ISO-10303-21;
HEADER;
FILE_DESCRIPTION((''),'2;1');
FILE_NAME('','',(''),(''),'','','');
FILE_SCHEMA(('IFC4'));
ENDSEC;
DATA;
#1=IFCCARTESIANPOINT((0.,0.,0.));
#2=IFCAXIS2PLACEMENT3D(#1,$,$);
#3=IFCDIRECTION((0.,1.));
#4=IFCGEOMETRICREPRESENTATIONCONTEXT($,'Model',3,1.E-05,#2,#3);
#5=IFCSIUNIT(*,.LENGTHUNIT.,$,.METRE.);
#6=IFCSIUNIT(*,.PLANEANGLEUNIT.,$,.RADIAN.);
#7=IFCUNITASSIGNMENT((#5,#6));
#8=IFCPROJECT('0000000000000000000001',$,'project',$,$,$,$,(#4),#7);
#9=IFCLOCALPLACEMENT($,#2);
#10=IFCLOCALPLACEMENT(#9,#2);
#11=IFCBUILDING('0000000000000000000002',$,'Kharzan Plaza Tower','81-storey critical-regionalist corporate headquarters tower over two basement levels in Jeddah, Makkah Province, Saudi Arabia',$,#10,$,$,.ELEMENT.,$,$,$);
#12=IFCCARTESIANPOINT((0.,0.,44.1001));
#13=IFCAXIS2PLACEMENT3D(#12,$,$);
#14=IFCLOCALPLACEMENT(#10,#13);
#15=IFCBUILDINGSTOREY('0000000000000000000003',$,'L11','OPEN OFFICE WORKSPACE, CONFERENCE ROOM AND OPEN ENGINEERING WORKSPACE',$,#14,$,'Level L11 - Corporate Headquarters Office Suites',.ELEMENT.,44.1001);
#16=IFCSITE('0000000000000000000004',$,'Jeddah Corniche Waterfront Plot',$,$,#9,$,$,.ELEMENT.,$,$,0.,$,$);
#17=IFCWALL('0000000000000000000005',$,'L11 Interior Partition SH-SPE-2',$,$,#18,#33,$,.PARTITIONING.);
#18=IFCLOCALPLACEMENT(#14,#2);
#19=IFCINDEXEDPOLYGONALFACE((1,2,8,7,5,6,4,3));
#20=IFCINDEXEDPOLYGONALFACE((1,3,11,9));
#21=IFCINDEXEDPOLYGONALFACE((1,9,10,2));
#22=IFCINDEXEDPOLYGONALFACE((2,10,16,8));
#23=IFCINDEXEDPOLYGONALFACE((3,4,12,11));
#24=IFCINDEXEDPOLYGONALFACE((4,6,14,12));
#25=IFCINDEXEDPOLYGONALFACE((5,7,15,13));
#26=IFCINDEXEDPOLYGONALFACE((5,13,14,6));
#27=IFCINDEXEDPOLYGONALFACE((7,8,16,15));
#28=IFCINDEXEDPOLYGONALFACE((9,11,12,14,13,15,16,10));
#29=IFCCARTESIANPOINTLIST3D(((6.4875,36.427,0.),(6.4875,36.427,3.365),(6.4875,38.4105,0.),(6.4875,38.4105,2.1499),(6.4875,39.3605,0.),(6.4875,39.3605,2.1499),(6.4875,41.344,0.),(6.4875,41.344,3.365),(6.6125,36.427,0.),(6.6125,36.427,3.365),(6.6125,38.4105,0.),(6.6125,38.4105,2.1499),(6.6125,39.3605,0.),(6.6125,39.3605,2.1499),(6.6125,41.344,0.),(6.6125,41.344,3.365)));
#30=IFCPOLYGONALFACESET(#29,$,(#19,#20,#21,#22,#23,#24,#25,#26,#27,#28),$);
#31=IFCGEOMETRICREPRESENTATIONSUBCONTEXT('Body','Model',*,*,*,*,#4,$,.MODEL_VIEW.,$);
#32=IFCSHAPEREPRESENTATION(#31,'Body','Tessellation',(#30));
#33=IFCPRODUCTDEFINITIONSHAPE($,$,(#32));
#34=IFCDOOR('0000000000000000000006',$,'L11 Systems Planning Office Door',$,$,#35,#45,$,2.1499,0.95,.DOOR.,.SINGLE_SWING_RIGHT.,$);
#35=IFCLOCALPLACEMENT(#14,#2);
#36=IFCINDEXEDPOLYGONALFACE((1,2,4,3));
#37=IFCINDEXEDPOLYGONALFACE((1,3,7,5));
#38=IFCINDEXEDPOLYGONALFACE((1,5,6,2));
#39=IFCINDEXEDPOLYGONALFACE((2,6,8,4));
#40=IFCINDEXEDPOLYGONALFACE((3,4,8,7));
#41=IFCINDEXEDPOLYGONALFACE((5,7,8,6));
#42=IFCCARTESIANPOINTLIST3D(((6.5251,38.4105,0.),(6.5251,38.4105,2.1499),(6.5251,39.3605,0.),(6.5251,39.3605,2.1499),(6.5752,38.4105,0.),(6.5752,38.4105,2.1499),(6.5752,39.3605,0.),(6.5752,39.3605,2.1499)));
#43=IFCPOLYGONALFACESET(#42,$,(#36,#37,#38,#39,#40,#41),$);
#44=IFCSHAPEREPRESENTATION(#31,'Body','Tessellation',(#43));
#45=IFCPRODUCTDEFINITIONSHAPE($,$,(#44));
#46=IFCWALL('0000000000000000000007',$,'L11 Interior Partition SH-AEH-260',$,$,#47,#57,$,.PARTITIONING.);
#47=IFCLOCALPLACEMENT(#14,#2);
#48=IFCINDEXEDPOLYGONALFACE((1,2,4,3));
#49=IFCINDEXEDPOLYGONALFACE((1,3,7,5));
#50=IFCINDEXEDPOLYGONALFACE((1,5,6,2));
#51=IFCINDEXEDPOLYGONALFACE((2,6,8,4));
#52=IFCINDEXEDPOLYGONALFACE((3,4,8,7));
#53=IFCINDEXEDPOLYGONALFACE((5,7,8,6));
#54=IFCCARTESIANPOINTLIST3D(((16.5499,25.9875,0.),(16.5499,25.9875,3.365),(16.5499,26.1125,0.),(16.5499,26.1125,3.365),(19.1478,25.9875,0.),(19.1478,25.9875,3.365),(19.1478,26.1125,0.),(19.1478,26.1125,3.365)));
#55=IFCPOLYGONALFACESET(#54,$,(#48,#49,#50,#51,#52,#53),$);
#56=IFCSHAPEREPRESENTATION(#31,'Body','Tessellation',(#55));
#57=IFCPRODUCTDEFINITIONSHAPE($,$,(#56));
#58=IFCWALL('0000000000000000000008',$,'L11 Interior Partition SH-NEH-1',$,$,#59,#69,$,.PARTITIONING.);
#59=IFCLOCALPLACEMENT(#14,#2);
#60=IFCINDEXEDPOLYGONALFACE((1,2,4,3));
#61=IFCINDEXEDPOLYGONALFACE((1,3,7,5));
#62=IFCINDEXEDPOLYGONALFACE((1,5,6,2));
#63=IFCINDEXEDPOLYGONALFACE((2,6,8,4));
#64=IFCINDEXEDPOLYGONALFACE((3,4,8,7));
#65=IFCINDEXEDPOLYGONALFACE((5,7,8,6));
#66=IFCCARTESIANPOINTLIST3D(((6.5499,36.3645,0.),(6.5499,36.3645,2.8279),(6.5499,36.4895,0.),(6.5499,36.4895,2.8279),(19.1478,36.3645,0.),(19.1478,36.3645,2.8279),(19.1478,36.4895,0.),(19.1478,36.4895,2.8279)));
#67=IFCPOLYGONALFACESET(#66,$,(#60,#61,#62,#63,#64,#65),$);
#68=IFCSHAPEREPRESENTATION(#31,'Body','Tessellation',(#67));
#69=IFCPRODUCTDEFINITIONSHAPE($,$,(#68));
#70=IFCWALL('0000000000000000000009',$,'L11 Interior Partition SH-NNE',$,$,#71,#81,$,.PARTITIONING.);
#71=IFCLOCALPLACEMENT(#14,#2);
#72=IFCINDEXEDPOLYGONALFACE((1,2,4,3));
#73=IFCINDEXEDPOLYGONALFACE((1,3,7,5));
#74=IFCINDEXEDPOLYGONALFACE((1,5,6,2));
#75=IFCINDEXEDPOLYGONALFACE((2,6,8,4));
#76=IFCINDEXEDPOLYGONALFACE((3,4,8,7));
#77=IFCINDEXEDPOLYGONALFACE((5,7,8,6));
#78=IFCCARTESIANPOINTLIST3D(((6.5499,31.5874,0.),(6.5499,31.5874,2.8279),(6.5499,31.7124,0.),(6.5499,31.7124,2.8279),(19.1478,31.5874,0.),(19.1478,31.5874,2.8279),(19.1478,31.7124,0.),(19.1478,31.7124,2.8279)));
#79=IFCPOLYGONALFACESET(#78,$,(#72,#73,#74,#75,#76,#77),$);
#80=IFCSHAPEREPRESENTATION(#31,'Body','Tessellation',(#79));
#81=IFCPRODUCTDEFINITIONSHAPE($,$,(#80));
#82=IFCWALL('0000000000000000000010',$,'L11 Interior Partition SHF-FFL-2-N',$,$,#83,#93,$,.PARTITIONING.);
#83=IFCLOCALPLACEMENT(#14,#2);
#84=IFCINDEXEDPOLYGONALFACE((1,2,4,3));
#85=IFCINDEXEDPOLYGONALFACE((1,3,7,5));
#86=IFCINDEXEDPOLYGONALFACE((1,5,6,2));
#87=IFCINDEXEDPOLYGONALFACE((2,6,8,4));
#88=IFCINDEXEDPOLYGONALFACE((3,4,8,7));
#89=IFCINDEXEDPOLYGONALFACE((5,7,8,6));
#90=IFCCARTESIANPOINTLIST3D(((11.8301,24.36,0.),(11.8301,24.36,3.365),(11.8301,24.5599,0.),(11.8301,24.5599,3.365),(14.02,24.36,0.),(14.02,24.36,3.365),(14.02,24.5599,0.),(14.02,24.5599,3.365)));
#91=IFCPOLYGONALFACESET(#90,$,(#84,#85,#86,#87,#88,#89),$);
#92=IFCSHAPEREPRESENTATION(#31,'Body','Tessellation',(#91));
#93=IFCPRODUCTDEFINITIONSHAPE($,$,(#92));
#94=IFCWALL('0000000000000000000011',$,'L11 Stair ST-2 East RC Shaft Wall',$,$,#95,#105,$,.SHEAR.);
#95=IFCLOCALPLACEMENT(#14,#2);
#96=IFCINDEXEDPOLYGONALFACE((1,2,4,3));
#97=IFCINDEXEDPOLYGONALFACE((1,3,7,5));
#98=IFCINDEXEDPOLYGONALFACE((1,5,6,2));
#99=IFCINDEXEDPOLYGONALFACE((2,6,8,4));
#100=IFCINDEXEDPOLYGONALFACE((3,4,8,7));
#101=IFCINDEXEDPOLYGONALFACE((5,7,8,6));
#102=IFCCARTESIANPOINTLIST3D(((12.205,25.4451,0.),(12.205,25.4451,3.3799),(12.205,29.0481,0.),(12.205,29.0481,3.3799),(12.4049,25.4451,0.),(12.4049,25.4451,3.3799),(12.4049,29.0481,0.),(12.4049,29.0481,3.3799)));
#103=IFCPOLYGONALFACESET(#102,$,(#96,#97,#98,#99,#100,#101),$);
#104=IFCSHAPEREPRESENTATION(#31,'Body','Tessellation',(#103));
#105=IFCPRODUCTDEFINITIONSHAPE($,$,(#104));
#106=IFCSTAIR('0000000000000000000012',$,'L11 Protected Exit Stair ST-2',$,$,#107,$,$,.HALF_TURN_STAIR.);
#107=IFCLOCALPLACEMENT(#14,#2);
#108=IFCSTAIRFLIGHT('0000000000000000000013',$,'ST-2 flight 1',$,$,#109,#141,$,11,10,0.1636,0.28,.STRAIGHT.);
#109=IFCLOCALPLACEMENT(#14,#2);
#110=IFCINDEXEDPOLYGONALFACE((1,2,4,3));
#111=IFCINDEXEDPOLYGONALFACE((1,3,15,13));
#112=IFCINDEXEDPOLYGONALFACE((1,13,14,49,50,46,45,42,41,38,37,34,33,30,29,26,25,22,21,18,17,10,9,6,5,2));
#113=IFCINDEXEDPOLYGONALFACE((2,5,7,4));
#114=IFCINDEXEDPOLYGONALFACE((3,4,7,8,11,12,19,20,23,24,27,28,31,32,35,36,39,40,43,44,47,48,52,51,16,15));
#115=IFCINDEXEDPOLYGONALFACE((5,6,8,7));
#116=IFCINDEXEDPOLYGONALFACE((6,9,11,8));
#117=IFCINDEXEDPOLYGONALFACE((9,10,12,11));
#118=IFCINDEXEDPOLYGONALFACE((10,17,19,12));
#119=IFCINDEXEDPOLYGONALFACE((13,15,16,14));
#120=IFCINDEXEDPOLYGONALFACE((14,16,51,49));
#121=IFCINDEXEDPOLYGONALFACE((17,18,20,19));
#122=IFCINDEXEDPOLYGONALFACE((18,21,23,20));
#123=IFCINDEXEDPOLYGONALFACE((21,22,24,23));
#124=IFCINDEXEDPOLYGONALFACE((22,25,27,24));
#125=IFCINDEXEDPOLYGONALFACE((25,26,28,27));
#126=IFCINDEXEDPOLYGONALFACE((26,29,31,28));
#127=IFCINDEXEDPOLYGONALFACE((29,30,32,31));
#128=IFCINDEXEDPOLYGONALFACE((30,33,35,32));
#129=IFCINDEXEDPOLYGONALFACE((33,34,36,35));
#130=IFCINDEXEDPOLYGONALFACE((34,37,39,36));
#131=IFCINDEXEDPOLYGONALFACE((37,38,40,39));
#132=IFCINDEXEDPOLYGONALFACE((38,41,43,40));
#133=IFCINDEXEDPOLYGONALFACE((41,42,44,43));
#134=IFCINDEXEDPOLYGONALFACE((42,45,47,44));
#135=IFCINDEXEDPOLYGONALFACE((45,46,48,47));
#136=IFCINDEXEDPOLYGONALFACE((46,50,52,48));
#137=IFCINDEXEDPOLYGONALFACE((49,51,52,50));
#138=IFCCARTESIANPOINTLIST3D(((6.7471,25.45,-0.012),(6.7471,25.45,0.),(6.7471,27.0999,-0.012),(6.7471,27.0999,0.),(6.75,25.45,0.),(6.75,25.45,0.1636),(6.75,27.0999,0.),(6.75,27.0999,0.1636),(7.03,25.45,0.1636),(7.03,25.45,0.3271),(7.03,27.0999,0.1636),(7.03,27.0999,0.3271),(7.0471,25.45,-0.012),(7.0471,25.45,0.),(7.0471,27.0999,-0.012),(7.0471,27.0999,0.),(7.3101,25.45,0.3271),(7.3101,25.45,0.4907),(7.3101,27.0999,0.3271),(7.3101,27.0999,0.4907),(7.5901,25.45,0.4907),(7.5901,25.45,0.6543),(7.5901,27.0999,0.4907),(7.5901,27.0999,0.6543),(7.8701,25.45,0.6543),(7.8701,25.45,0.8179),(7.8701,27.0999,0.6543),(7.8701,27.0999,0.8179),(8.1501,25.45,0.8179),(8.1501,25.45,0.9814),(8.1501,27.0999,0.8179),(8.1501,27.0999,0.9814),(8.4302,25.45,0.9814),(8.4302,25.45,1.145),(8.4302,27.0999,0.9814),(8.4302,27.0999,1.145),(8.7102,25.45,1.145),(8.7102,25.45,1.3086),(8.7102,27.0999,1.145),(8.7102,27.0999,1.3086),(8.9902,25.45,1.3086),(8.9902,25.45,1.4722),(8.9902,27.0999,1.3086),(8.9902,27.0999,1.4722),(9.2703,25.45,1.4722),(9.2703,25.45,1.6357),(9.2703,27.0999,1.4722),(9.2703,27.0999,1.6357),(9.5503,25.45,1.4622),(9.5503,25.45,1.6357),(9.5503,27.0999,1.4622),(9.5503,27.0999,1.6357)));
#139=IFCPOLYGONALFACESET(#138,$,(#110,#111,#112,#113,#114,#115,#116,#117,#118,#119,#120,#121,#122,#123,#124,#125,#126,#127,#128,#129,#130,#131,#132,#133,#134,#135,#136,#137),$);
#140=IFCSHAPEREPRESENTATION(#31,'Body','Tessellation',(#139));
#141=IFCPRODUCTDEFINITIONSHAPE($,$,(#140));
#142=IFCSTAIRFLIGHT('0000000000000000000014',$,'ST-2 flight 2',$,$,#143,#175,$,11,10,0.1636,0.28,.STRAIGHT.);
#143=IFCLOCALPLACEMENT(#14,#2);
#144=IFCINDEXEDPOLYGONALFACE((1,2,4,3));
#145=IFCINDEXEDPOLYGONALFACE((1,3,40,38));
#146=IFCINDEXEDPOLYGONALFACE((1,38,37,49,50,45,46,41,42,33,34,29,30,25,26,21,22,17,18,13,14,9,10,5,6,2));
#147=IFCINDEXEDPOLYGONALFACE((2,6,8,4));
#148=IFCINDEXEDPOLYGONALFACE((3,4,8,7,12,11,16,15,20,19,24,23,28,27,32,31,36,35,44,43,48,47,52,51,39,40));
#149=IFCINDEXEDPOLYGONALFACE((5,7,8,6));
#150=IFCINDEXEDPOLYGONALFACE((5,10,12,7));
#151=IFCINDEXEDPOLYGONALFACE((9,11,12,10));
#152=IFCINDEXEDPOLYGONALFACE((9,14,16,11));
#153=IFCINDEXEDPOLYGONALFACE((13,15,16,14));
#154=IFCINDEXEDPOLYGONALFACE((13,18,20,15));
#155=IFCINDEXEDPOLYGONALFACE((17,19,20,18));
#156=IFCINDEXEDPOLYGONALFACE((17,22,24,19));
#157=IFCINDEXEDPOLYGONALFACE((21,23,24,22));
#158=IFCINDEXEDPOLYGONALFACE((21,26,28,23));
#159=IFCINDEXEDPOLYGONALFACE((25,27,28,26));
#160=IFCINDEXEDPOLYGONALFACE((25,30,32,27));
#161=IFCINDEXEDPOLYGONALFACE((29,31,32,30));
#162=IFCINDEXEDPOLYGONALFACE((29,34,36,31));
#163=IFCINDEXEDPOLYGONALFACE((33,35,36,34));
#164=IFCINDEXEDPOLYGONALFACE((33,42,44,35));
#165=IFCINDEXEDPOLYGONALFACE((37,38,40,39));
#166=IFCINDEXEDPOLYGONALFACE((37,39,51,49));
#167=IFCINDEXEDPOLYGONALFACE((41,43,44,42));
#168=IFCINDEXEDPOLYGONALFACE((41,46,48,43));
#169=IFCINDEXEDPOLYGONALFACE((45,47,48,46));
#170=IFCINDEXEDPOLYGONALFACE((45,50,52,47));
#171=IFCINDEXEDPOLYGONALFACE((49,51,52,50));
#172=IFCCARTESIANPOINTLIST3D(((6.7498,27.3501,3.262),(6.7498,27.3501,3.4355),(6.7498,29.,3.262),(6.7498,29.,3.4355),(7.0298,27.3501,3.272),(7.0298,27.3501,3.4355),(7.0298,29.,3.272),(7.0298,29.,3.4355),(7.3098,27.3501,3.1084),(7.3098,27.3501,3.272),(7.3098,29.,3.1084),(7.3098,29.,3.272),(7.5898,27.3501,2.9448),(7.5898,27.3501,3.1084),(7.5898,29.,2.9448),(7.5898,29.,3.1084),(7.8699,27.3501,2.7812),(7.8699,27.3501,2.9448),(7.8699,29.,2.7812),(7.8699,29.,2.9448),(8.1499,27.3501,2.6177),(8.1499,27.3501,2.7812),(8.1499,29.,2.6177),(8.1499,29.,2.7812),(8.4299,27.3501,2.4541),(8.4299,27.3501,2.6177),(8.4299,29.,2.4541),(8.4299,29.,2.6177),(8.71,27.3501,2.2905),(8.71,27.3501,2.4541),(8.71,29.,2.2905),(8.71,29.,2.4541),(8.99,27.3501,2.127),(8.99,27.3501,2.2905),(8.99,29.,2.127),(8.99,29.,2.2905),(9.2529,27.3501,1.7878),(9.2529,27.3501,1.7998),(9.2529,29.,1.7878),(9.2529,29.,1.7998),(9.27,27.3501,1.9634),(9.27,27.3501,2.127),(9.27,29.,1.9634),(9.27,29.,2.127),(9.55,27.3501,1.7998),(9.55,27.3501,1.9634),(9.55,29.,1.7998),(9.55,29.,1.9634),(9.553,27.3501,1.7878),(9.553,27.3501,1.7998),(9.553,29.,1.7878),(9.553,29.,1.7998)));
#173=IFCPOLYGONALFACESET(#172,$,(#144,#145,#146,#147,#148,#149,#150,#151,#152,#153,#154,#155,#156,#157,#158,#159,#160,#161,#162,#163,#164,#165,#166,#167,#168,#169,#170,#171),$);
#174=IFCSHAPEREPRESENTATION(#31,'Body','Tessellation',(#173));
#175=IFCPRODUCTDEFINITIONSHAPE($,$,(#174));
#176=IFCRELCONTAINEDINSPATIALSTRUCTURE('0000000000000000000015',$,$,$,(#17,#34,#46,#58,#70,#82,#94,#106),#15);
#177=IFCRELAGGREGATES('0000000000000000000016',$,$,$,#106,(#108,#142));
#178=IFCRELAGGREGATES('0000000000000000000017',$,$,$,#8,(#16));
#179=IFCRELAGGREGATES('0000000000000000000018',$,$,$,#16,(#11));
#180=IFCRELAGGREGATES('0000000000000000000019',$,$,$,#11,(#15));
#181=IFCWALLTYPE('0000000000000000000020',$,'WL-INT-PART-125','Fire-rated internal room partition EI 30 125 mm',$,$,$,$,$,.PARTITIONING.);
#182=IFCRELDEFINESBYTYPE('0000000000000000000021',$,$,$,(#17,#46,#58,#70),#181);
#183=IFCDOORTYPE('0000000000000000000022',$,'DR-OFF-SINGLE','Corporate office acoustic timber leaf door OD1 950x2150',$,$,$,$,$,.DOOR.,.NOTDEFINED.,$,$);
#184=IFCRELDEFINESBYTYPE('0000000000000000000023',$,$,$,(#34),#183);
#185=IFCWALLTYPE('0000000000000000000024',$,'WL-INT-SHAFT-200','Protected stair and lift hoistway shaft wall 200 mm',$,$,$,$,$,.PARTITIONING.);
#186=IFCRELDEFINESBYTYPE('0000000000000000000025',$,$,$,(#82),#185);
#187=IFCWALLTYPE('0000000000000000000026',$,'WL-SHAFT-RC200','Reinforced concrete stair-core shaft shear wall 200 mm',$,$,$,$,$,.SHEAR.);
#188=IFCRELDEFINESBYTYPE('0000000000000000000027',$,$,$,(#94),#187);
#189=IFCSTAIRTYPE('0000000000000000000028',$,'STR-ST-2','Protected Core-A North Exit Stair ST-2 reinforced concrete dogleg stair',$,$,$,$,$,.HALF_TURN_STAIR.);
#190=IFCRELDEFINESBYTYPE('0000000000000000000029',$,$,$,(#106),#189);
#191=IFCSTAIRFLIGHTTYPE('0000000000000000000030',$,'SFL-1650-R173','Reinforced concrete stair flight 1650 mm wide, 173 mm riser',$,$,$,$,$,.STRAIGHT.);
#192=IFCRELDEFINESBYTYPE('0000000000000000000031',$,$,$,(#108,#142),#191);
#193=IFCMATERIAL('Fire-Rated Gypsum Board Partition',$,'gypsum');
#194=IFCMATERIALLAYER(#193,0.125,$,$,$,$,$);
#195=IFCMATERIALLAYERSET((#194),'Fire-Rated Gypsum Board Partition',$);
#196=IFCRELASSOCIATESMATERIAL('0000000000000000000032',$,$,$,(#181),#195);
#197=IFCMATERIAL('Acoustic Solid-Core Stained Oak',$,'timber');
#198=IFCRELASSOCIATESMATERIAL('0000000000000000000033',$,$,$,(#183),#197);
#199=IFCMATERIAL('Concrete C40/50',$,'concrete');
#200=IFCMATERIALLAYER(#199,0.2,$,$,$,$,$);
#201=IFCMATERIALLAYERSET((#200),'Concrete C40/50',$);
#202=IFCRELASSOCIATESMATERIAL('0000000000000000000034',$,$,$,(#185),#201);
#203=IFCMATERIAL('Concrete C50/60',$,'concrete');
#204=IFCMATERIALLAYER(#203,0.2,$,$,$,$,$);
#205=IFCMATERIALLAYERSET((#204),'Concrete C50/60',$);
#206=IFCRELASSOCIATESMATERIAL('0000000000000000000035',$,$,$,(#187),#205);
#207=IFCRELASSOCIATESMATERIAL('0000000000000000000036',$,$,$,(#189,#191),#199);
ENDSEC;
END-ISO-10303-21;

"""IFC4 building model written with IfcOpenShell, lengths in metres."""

from ifc_helpers import new_model, si_unit, direction, frame, frame_2d, origin, place, context, subcontext, project, spatial, polyline, rectangle, outline, extrude, source, transform, mapped, material, layer, layer_set, type_object, element, fill, aggregate, save


model = new_model("IFC4")

# Units and contexts
model_context = context("Model", 3, precision=1e-05, world=origin(), true_north=direction((0.0, 1.0)))
body_context = subcontext(model_context, "Body", "Model", "MODEL_VIEW")
ifc_project = project(units=[si_unit("LENGTHUNIT", "METRE"), si_unit("PLANEANGLEUNIT", "RADIAN")], contexts=[model_context])

# Site, building, storey
site_placement = place(None, origin())
site = spatial("IfcSite", under=ifc_project, at=site_placement, Name="Jeddah Corniche Waterfront Plot", CompositionType="ELEMENT", RefElevation=0.0)
building_placement = place(site_placement, origin())
building = spatial("IfcBuilding", under=site, at=building_placement, Name="Kharzan Plaza Tower", Description="81-storey critical-regionalist corporate headquarters tower over two basement levels in Jeddah, Makkah Province, Saudi Arabia", CompositionType="ELEMENT")
storey_placement = place(building_placement, frame((0.0, 0.0, 44.1001)))
storey = spatial("IfcBuildingStorey", under=building, at=storey_placement, Name="L11", Description="OPEN OFFICE WORKSPACE, CONFERENCE ROOM AND OPEN ENGINEERING WORKSPACE", LongName="Level L11 - Corporate Headquarters Office Suites", CompositionType="ELEMENT", Elevation=44.1001)

# Shared definitions
ifc_material_1 = material(Name="Concrete C50/60", Category="concrete")

# Wall, opening, door
ifc_material_2 = material(Name="Fire-Rated Gypsum Board Partition", Category="gypsum")
ifc_layer_1 = layer(ifc_material_2, 0.125)
ifc_layer_set_1 = layer_set([ifc_layer_1], Name="Fire-Rated Gypsum Board Partition")
wall_type_1 = type_object("IfcWallType", Name="WL-INT-PART-125", Description="Fire-rated internal room partition EI 30 125 mm", PredefinedType="PARTITIONING", material=ifc_layer_set_1)
ifc_material_3 = material(Name="Acoustic Solid-Core Stained Oak", Category="timber")
door_type = type_object("IfcDoorType", Name="DR-OFF-SINGLE", Description="Corporate office acoustic timber leaf door OD1 950x2150", OperationType="NOTDEFINED", PredefinedType="DOOR", material=ifc_material_3)
shared_shape_1 = source(origin(), body_context, "Body", "SweptSolid", [
    extrude(rectangle(XDim=0.95, YDim=2.1499, at=frame_2d((0.4751, 1.075))), frame((0.0, 0.0249, 0.0), z_axis=(0.0, -1.0, 0.0), x_axis=(1.0, 0.0, 0.0)), (0.0, 0.0, 1.0), 0.05),
])
wall_1_placement = place(storey_placement, frame((6.55, 36.427, 0.0), z_axis=(0.0, 0.0, 1.0), x_axis=(0.0, 1.0, 0.0)))
wall_1 = element("IfcWall", 1, at=wall_1_placement, inside=storey, type_object=wall_type_1, Name="L11 Interior Partition SH-SPE-2", PredefinedType="PARTITIONING", context=body_context, shape_type="SweptSolid", body=[
    extrude(rectangle(XDim=4.917, YDim=0.125, at=frame_2d((2.4585, 0.0))), origin(), (0.0, 0.0, 1.0), 3.365),
])
opening_1_placement = place(wall_1_placement, frame((1.9834, 0.0, 0.0)))
opening_1 = element("IfcOpeningElement", 2, at=opening_1_placement, cuts=wall_1, PredefinedType="OPENING", context=body_context, shape_type="SweptSolid", body=[
    extrude(rectangle(XDim=0.95, YDim=2.1499, at=frame_2d((0.4751, 1.075))), frame((0.0, 0.0725, 0.0), z_axis=(0.0, -1.0, 0.0), x_axis=(1.0, 0.0, 0.0)), (0.0, 0.0, 1.0), 0.145),
])
door_1_placement = place(opening_1_placement, origin())
door_1 = element("IfcDoor", 3, at=door_1_placement, inside=storey, type_object=door_type, Name="L11 Systems Planning Office Door", OperationType="SINGLE_SWING_RIGHT", OverallHeight=2.1499, OverallWidth=0.95, PredefinedType="DOOR", context=body_context, shape_type="MappedRepresentation", body=[
    mapped(shared_shape_1, transform((0.0, 0.0, 0.0), x_axis=(1.0, 0.0, 0.0), y_axis=(0.0, 1.0, 0.0), z_axis=(0.0, 0.0, 1.0))),
])
fill(opening_1, door_1)

# Walls
shared_shape_2 = source(origin(), body_context, "Body", "SweptSolid", [
    extrude(rectangle(XDim=2.5979, YDim=0.125, at=frame_2d((1.2988, 0.0))), origin(), (0.0, 0.0, 1.0), 3.365),
])
wall_2_placement = place(storey_placement, frame((16.55, 26.05, 0.0), z_axis=(0.0, 0.0, 1.0), x_axis=(1.0, 0.0, 0.0)))
element("IfcWall", 4, at=wall_2_placement, inside=storey, type_object=wall_type_1, Name="L11 Interior Partition SH-AEH-260", PredefinedType="PARTITIONING", context=body_context, shape_type="MappedRepresentation", body=[
    mapped(shared_shape_2, transform((0.0, 0.0, 0.0), x_axis=(1.0, 0.0, 0.0), y_axis=(0.0, 1.0, 0.0), z_axis=(0.0, 0.0, 1.0))),
])
shared_shape_3 = source(origin(), body_context, "Body", "SweptSolid", [
    extrude(rectangle(XDim=12.5979, YDim=0.125, at=frame_2d((6.2988, 0.0))), origin(), (0.0, 0.0, 1.0), 2.8279),
])
for number, where, z_axis, x_axis, name in (
    (5, (6.55, 36.427, 0.0), (0.0, 0.0, 1.0), (1.0, 0.0, 0.0), "L11 Interior Partition SH-NEH-1"),
    (6, (6.55, 31.6499, 0.0), (0.0, 0.0, 1.0), (1.0, 0.0, 0.0), "L11 Interior Partition SH-NNE"),
):
    element("IfcWall", number, at=place(storey_placement, frame(where, z_axis=z_axis, x_axis=x_axis)), inside=storey, type_object=wall_type_1, Name=name, PredefinedType="PARTITIONING", context=body_context, shape_type="MappedRepresentation", body=[
        mapped(shared_shape_3, transform((0.0, 0.0, 0.0), x_axis=(1.0, 0.0, 0.0), y_axis=(0.0, 1.0, 0.0), z_axis=(0.0, 0.0, 1.0))),
    ])
ifc_material_4 = material(Name="Concrete C40/50", Category="concrete")
ifc_layer_2 = layer(ifc_material_4, 0.2)
ifc_layer_set_2 = layer_set([ifc_layer_2], Name="Concrete C40/50")
wall_type_2 = type_object("IfcWallType", Name="WL-INT-SHAFT-200", Description="Protected stair and lift hoistway shaft wall 200 mm", PredefinedType="PARTITIONING", material=ifc_layer_set_2)
shared_shape_4 = source(origin(), body_context, "Body", "SweptSolid", [
    extrude(rectangle(XDim=2.1899, YDim=0.2, at=frame_2d((1.095, 0.0))), origin(), (0.0, 0.0, 1.0), 3.365),
])
wall_3_placement = place(storey_placement, frame((11.8301, 24.46, 0.0), z_axis=(0.0, 0.0, 1.0), x_axis=(1.0, 0.0, 0.0)))
element("IfcWall", 7, at=wall_3_placement, inside=storey, type_object=wall_type_2, Name="L11 Interior Partition SHF-FFL-2-N", PredefinedType="PARTITIONING", context=body_context, shape_type="MappedRepresentation", body=[
    mapped(shared_shape_4, transform((0.0, 0.0, 0.0), x_axis=(1.0, 0.0, 0.0), y_axis=(0.0, 1.0, 0.0), z_axis=(0.0, 0.0, 1.0))),
])
ifc_layer_3 = layer(ifc_material_1, 0.2)
ifc_layer_set_3 = layer_set([ifc_layer_3], Name="Concrete C50/60")
wall_type_3 = type_object("IfcWallType", Name="WL-SHAFT-RC200", Description="Reinforced concrete stair-core shaft shear wall 200 mm", PredefinedType="SHEAR", material=ifc_layer_set_3)
shared_shape_5 = source(origin(), body_context, "Body", "SweptSolid", [
    extrude(rectangle(XDim=3.603, YDim=0.2, at=frame_2d((1.8015, 0.0))), origin(), (0.0, 0.0, 1.0), 3.3799),
])
wall_4_placement = place(storey_placement, frame((12.3049, 25.4451, 0.0), z_axis=(0.0, 0.0, 1.0), x_axis=(0.0, 1.0, 0.0)))
element("IfcWall", 8, at=wall_4_placement, inside=storey, type_object=wall_type_3, Name="L11 Stair ST-2 East RC Shaft Wall", PredefinedType="SHEAR", context=body_context, shape_type="MappedRepresentation", body=[
    mapped(shared_shape_5, transform((0.0, 0.0, 0.0), x_axis=(1.0, 0.0, 0.0), y_axis=(0.0, 1.0, 0.0), z_axis=(0.0, 0.0, 1.0))),
])

# Stair, stair flights
stair_type = type_object("IfcStairType", Name="STR-ST-2", Description="Protected Core-A North Exit Stair ST-2 reinforced concrete dogleg stair", PredefinedType="HALF_TURN_STAIR", material=ifc_material_4)
stair_placement = place(storey_placement, origin())
stair = element("IfcStair", 9, at=stair_placement, inside=storey, type_object=stair_type, Name="L11 Protected Exit Stair ST-2", PredefinedType="HALF_TURN_STAIR")
stair_flight_type = type_object("IfcStairFlightType", Name="SFL-1650-R173", Description="Reinforced concrete stair flight 1650 mm wide, 173 mm riser", PredefinedType="STRAIGHT", material=ifc_material_4)
shared_shape_6 = source(origin(), body_context, "Body", "SweptSolid", [
    extrude(outline(polyline([(-0.0029, -0.012), (-0.0029, 0.0), (0.0, 0.0), (0.0, 0.1636), (0.28, 0.1636), (0.28, 0.3271), (0.5601, 0.3271), (0.5601, 0.4907), (0.8401, 0.4907), (0.8401, 0.6543), (1.1201, 0.6543), (1.1201, 0.8179), (1.4001, 0.8179), (1.4001, 0.9814), (1.6802, 0.9814), (1.6802, 1.145), (1.9602, 1.145), (1.9602, 1.3086), (2.2402, 1.3086), (2.2402, 1.4722), (2.5203, 1.4722), (2.5203, 1.6357), (2.8003, 1.6357), (2.8003, 1.7993), (2.8003, 1.4622), (0.2971, 0.0), (0.2971, -0.012), (-0.0029, -0.012)])), frame((0.0, 0.825, 0.0), z_axis=(0.0, -1.0, 0.0), x_axis=(1.0, 0.0, 0.0)), (0.0, 0.0, 1.0), 1.6499),
])
stair_flight_1_placement = place(storey_placement, frame((6.75, 26.2749, 0.0), z_axis=(0.0, 0.0, 1.0), x_axis=(1.0, 0.0, 0.0)))
stair_flight_1 = element("IfcStairFlight", 10, at=stair_flight_1_placement, type_object=stair_flight_type, Name="ST-2 flight 1", NumberOfRisers=11, NumberOfTreads=10, PredefinedType="STRAIGHT", RiserHeight=0.1636, TreadLength=0.28, context=body_context, shape_type="MappedRepresentation", body=[
    mapped(shared_shape_6, transform((0.0, 0.0, 0.0), x_axis=(1.0, 0.0, 0.0), y_axis=(0.0, 1.0, 0.0), z_axis=(0.0, 0.0, 1.0))),
])
stair_flight_2_placement = place(storey_placement, frame((9.55, 28.175, 1.7998), z_axis=(0.0, 0.0, 1.0), x_axis=(-1.0, 0.0, 0.0)))
stair_flight_2 = element("IfcStairFlight", 11, at=stair_flight_2_placement, type_object=stair_flight_type, Name="ST-2 flight 2", NumberOfRisers=11, NumberOfTreads=10, PredefinedType="STRAIGHT", RiserHeight=0.1636, TreadLength=0.28, context=body_context, shape_type="MappedRepresentation", body=[
    mapped(shared_shape_6, transform((0.0, 0.0, 0.0), x_axis=(1.0, 0.0, 0.0), y_axis=(0.0, 1.0, 0.0), z_axis=(0.0, 0.0, 1.0))),
])
aggregate(stair, [stair_flight_1, stair_flight_2])

save(model, "model.ifc")
